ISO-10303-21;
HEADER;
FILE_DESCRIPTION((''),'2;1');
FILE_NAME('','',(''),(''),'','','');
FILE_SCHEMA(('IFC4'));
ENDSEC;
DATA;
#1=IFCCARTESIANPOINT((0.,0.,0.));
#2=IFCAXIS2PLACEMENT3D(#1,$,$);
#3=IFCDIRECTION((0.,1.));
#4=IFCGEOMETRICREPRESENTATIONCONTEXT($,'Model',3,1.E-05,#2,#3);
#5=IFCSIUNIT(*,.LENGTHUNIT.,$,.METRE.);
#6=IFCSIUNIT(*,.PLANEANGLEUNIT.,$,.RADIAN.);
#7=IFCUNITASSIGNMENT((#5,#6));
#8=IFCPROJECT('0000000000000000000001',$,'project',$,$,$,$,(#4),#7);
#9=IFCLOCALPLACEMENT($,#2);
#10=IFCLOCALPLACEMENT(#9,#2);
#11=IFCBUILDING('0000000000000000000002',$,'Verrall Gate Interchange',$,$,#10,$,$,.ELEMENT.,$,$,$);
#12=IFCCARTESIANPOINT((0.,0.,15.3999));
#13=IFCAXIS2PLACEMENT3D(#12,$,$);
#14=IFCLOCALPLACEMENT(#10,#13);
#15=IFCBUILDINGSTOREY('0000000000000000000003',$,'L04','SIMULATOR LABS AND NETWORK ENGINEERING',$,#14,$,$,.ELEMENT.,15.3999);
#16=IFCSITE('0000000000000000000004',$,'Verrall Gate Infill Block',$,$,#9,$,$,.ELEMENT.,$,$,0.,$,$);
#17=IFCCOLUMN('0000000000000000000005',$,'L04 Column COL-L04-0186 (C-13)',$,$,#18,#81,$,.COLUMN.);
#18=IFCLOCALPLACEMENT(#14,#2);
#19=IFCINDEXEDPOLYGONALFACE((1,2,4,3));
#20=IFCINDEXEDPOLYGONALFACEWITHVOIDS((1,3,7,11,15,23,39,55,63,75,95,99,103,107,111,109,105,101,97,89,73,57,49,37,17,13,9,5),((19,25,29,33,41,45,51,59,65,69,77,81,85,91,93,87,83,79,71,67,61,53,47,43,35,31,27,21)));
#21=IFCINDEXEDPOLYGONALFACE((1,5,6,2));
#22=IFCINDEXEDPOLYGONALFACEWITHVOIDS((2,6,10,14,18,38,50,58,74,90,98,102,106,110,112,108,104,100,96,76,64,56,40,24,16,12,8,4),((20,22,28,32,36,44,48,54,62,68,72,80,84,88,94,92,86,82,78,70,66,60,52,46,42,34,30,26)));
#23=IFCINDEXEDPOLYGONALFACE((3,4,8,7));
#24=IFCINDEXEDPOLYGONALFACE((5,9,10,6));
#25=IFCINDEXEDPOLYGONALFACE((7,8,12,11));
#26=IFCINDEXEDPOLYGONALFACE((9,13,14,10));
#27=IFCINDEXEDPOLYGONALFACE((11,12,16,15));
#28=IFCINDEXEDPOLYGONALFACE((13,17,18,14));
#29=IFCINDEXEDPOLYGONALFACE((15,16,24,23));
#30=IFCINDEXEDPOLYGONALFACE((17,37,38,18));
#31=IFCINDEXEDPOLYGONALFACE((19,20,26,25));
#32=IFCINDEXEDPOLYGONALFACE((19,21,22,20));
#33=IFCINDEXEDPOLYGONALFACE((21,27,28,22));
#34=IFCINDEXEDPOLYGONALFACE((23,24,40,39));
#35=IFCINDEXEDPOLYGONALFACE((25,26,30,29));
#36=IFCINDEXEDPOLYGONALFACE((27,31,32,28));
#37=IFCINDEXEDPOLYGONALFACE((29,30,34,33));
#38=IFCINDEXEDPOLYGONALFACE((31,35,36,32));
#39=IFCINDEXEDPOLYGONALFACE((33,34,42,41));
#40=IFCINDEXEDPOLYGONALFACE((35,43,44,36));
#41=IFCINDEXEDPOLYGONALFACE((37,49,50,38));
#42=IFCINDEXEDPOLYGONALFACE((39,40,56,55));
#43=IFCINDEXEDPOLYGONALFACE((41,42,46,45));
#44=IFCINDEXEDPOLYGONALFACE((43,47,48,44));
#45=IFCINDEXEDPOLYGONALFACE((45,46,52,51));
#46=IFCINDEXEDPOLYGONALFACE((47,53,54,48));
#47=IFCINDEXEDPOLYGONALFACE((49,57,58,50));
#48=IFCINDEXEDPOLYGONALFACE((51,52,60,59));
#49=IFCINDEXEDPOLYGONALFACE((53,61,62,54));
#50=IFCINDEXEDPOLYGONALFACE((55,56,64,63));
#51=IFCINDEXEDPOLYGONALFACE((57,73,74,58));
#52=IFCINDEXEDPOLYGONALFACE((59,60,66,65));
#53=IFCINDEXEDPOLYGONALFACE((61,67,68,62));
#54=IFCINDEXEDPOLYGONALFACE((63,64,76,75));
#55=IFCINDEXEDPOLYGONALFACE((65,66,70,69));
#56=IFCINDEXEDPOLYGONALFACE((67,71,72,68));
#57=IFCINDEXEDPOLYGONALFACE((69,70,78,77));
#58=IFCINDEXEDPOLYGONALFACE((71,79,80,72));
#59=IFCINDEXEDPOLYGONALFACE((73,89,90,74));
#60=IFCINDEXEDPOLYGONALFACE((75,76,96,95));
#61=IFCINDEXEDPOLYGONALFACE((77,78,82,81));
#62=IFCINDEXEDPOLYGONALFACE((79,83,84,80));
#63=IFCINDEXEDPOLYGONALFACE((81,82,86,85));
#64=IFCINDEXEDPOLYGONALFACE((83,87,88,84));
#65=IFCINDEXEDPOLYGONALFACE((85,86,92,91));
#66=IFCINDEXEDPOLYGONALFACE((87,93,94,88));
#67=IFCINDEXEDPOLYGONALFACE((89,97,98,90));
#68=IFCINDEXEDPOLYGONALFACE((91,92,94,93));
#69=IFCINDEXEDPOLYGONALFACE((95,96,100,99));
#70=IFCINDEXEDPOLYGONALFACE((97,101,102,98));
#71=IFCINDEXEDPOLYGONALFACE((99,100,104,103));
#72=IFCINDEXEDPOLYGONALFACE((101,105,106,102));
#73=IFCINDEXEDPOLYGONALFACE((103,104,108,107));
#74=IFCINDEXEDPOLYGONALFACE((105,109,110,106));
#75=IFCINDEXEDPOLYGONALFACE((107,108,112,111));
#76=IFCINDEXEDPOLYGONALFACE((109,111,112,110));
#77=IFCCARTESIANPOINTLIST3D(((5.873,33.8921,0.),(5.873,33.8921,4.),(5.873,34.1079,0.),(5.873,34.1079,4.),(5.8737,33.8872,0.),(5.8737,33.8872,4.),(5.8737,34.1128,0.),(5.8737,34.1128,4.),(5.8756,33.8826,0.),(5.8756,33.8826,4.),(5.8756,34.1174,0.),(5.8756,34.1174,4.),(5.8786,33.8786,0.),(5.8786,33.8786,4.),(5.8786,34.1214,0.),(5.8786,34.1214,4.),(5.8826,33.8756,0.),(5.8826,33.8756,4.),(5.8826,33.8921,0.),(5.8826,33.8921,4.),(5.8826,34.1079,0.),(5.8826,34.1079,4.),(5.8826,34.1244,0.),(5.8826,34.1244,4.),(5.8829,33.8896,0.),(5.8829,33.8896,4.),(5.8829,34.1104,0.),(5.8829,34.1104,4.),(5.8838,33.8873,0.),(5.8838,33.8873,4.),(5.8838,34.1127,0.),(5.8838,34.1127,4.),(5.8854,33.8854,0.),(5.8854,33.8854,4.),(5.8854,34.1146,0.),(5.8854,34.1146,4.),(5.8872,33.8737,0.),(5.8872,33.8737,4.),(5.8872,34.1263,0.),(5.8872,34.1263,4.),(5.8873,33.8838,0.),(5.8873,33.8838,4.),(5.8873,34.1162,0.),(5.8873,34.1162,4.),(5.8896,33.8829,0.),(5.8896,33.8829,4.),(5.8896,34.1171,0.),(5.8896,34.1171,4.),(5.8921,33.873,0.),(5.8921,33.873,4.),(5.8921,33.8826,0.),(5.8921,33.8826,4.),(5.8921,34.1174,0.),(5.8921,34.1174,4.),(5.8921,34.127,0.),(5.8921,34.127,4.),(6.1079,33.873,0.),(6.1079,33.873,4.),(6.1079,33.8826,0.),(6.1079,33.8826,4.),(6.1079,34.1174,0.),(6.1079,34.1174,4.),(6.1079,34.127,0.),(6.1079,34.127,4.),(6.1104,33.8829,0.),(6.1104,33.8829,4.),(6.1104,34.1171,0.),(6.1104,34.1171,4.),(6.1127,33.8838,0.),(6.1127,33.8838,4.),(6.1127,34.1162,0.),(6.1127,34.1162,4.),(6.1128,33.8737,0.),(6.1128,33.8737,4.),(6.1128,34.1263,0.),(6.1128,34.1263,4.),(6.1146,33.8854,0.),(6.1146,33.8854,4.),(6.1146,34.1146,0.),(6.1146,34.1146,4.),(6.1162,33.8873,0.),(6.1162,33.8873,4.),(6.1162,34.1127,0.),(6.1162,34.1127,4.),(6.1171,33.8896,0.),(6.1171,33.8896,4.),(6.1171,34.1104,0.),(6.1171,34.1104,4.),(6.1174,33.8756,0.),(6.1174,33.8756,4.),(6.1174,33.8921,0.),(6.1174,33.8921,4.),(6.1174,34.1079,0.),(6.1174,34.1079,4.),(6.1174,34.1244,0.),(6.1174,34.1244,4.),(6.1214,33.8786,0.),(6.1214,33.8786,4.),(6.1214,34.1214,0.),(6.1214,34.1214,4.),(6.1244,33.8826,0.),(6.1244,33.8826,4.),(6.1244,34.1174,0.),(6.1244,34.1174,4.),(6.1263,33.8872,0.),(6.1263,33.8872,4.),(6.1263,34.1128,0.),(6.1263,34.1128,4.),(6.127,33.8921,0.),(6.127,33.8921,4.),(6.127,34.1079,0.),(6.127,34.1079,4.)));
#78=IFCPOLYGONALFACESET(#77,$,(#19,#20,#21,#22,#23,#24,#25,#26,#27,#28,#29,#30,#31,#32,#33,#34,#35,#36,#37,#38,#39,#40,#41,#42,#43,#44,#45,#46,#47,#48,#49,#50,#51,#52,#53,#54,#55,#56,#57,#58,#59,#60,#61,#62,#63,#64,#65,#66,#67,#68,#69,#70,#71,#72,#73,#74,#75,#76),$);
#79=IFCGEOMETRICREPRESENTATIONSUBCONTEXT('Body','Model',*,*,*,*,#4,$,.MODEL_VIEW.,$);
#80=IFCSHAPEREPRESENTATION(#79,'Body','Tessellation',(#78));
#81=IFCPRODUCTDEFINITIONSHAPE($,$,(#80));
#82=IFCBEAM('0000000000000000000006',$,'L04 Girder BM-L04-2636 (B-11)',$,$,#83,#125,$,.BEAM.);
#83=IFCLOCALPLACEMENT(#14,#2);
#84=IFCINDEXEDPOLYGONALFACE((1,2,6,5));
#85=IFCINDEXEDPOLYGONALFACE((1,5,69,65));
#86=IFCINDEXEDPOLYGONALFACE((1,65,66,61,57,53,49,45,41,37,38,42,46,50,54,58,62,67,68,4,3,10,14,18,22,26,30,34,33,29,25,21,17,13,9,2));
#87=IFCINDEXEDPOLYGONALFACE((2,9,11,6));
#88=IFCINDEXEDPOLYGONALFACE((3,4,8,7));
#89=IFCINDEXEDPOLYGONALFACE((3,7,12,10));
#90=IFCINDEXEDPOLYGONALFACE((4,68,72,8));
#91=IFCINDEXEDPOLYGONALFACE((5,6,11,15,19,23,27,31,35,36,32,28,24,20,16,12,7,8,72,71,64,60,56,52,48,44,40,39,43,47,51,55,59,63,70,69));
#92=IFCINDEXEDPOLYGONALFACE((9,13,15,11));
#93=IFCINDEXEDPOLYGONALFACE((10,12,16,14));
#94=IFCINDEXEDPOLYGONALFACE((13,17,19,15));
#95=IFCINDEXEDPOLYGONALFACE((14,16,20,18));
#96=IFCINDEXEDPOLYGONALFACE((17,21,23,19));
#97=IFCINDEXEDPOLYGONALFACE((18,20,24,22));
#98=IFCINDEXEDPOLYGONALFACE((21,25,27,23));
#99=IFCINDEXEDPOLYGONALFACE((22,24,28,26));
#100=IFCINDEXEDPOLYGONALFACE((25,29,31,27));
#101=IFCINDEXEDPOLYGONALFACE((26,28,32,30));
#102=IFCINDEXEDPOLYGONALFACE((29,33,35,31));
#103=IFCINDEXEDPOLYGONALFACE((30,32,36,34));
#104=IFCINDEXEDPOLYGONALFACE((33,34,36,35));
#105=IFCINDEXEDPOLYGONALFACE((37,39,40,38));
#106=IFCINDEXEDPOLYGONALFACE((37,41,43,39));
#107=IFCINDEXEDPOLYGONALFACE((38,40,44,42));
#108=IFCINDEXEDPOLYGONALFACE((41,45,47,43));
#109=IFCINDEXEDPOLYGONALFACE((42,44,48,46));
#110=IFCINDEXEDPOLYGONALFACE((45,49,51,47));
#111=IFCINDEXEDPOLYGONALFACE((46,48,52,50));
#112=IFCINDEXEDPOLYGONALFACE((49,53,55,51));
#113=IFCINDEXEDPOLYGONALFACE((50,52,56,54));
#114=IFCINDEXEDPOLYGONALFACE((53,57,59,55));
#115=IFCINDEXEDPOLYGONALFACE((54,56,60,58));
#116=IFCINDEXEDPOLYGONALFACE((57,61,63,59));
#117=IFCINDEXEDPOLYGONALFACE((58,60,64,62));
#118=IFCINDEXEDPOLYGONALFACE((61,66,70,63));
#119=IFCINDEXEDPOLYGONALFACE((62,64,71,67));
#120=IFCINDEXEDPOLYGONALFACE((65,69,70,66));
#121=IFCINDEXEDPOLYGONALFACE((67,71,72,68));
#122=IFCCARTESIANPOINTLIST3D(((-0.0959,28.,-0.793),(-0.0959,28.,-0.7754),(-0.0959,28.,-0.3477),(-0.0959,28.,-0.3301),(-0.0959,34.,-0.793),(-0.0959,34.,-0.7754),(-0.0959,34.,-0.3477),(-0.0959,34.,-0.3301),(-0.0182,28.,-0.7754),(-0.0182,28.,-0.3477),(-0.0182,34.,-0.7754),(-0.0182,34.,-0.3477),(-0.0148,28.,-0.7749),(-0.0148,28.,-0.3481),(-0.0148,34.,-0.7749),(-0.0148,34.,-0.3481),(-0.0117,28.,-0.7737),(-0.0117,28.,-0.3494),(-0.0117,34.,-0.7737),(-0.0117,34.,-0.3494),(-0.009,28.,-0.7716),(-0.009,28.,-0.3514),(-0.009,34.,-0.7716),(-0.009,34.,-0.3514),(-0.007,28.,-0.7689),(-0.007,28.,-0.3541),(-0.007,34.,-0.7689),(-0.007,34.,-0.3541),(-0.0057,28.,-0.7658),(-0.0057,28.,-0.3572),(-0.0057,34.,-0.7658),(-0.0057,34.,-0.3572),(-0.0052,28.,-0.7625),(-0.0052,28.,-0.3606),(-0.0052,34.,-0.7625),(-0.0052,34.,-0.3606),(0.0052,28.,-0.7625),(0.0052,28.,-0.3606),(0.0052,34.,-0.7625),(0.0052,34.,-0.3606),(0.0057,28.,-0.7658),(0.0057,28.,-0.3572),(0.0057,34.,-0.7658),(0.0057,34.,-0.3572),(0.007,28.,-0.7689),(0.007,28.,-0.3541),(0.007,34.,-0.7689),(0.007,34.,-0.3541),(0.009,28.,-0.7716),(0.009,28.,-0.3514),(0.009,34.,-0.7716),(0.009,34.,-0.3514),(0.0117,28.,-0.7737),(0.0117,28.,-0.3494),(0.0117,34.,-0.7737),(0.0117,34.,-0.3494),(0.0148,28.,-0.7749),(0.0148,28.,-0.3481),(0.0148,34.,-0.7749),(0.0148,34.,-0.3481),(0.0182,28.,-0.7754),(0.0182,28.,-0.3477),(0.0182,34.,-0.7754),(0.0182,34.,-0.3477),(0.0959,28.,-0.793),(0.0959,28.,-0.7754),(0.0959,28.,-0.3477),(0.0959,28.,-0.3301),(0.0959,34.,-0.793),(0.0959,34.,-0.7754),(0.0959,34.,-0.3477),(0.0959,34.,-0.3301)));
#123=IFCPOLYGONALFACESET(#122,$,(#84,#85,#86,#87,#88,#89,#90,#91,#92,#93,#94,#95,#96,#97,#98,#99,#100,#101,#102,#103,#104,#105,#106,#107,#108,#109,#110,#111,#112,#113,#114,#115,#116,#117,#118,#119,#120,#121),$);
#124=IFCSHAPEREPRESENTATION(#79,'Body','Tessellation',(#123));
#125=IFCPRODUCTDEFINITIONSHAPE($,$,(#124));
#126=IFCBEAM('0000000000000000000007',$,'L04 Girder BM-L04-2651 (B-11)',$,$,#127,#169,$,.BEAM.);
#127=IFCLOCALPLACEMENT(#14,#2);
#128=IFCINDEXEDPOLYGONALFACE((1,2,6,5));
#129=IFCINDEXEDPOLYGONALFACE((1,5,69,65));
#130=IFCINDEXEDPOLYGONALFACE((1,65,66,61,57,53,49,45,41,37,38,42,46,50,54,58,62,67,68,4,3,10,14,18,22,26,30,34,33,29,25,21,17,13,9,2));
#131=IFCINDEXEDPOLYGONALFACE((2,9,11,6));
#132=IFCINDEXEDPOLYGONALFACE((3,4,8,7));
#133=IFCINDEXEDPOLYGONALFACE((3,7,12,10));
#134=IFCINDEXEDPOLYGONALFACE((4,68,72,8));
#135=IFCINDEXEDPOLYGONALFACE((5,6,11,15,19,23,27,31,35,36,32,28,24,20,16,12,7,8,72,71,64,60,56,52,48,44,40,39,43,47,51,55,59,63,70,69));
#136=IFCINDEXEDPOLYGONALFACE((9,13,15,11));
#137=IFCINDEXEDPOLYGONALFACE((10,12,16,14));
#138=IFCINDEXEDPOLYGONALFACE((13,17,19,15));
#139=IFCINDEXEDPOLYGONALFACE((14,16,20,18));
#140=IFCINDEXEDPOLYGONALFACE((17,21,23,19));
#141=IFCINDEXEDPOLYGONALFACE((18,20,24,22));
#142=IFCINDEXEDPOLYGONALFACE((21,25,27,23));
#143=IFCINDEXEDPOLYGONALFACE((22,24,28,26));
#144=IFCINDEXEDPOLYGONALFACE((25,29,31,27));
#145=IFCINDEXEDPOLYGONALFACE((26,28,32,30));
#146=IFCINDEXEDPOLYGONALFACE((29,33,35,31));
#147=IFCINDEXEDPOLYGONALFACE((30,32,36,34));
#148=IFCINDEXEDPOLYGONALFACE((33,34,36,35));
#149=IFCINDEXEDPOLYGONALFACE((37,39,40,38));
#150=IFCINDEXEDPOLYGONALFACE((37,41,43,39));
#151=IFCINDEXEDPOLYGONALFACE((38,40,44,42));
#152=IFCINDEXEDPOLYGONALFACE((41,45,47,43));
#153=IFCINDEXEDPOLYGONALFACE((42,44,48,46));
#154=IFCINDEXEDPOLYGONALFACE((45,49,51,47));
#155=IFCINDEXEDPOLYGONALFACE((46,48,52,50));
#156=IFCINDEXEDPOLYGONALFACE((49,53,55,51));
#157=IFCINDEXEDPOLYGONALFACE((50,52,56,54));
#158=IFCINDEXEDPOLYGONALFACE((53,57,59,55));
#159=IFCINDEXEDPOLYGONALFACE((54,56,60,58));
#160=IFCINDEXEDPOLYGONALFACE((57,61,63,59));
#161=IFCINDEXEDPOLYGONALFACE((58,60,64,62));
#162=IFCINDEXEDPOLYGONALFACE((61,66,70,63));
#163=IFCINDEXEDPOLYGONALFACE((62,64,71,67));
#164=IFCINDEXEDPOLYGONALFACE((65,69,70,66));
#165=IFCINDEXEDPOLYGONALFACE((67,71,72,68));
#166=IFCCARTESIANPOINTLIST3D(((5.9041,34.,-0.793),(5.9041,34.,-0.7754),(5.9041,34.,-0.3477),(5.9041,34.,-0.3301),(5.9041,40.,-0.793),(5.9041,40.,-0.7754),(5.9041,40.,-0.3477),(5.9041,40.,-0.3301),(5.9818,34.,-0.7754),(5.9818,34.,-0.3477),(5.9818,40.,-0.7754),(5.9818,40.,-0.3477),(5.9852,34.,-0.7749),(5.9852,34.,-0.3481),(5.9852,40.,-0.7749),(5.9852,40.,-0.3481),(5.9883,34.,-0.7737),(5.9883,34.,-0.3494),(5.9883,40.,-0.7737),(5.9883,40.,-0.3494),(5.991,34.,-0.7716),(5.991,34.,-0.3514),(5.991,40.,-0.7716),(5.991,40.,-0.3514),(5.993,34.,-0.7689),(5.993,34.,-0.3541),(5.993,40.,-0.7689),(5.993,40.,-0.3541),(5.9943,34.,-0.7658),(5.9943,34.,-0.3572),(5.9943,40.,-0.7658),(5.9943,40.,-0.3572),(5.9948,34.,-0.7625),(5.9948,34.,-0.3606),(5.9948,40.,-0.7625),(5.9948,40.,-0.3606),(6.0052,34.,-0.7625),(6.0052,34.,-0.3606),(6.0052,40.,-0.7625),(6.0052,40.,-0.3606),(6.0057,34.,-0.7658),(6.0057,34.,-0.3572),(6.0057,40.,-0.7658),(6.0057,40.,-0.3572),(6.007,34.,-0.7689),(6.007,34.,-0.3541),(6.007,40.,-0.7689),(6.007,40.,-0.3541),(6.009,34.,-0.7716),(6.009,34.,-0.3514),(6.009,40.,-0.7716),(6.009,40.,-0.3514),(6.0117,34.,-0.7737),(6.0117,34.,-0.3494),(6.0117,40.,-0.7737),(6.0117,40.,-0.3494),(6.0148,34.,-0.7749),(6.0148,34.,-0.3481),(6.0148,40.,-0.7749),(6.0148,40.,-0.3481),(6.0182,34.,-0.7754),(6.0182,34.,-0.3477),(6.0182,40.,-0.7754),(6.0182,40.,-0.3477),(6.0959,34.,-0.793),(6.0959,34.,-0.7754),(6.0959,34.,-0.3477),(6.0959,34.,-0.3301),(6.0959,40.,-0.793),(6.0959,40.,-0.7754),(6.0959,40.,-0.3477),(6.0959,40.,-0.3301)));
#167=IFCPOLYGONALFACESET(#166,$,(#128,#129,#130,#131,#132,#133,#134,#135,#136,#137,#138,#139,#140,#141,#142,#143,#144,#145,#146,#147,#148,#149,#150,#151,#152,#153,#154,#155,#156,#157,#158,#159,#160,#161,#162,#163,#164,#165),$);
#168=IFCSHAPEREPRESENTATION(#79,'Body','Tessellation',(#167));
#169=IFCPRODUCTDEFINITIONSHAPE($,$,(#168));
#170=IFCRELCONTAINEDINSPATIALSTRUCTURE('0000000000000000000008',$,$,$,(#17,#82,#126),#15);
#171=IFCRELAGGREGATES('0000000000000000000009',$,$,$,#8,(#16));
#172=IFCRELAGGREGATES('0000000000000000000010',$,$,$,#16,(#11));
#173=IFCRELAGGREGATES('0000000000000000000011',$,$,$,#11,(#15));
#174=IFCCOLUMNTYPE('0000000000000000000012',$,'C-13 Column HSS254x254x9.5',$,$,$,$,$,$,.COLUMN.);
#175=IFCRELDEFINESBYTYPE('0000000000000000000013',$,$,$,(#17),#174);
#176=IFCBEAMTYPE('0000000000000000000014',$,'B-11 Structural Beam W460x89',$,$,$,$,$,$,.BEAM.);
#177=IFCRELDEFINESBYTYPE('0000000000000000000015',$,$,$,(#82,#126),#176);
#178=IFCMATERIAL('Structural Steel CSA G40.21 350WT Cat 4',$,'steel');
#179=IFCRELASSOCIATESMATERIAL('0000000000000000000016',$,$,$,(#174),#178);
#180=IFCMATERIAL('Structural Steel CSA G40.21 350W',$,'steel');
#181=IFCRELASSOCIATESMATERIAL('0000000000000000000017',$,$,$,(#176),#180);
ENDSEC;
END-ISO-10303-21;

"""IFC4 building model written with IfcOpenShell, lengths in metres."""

from ifc_helpers import new_model, si_unit, direction, frame, origin, origin_2d, place, context, subcontext, project, spatial, hollow_rectangle, i_section, extrude, material, material_profile, profile_set, type_object, element, save


model = new_model("IFC4")

# Units and contexts
model_context = context("Model", 3, precision=1e-05, world=origin(), true_north=direction((0.0, 1.0)))
body_context = subcontext(model_context, "Body", "Model", "MODEL_VIEW")
ifc_project = project(units=[si_unit("LENGTHUNIT", "METRE"), si_unit("PLANEANGLEUNIT", "RADIAN")], contexts=[model_context])

# Site, building, storey
site_placement = place(None, origin())
site = spatial("IfcSite", under=ifc_project, at=site_placement, Name="Verrall Gate Infill Block", CompositionType="ELEMENT", RefElevation=0.0)
building_placement = place(site_placement, origin())
building = spatial("IfcBuilding", under=site, at=building_placement, Name="Verrall Gate Interchange", CompositionType="ELEMENT")
storey_placement = place(building_placement, frame((0.0, 0.0, 15.3999)))
storey = spatial("IfcBuildingStorey", under=building, at=storey_placement, Name="L04", Description="SIMULATOR LABS AND NETWORK ENGINEERING", CompositionType="ELEMENT", Elevation=15.3999)

# Column
ifc_material_1 = material(Name="Structural Steel CSA G40.21 350WT Cat 4", Category="steel")
ifc_material_profile_1 = material_profile(ifc_material_1, hollow_rectangle(XDim=0.2539, YDim=0.2539, WallThickness=0.0095, InnerFilletRadius=0.0095, OuterFilletRadius=0.019, at=origin_2d()), Name="HSS254x254x9.5")
ifc_profile_set_1 = profile_set([ifc_material_profile_1], Name="Structural Steel CSA G40.21 350WT Cat 4")
column_type = type_object("IfcColumnType", Name="C-13 Column HSS254x254x9.5", PredefinedType="COLUMN", material=ifc_profile_set_1)
for number, where, z_axis, x_axis, name in (
    (1, (6.0, 34.0, 0.0), (0.0, 0.0, 1.0), (1.0, 0.0, 0.0), "L04 Column COL-L04-0186 (C-13)"),
):
    element("IfcColumn", number, at=place(storey_placement, frame(where, z_axis=z_axis, x_axis=x_axis)), inside=storey, type_object=column_type, Name=name, PredefinedType="COLUMN", context=body_context, shape_type="SweptSolid", body=[
        extrude(hollow_rectangle(XDim=0.2539, YDim=0.2539, WallThickness=0.0095, InnerFilletRadius=0.0095, OuterFilletRadius=0.019, at=origin_2d()), origin(), (0.0, 0.0, 1.0), 4.0),
    ])

# Beams
ifc_material_2 = material(Name="Structural Steel CSA G40.21 350W", Category="steel")
ifc_material_profile_2 = material_profile(ifc_material_2, i_section(OverallWidth=0.1919, OverallDepth=0.4629, WebThickness=0.0105, FlangeThickness=0.0176, FilletRadius=0.0129, at=origin_2d()), Name="W460x89")
ifc_profile_set_2 = profile_set([ifc_material_profile_2], Name="Structural Steel CSA G40.21 350W")
beam_type_1 = type_object("IfcBeamType", Name="B-11 Structural Beam W460x89", PredefinedType="BEAM", material=ifc_profile_set_2)
for number, where, z_axis, x_axis, name in (
    (2, (0.0, 28.0, -0.5615), (0.0, 1.0, 0.0), (-1.0, 0.0, 0.0), "L04 Girder BM-L04-2636 (B-11)"),
    (3, (6.0, 34.0, -0.5615), (0.0, 1.0, 0.0), (-1.0, 0.0, 0.0), "L04 Girder BM-L04-2651 (B-11)"),
):
    element("IfcBeam", number, at=place(storey_placement, frame(where, z_axis=z_axis, x_axis=x_axis)), inside=storey, type_object=beam_type_1, Name=name, PredefinedType="BEAM", context=body_context, shape_type="SweptSolid", body=[
        extrude(i_section(OverallWidth=0.1919, OverallDepth=0.4629, WebThickness=0.0105, FlangeThickness=0.0176, FilletRadius=0.0129, at=origin_2d()), origin(), (0.0, 0.0, 1.0), 6.0),
    ])

save(model, "model.ifc")
